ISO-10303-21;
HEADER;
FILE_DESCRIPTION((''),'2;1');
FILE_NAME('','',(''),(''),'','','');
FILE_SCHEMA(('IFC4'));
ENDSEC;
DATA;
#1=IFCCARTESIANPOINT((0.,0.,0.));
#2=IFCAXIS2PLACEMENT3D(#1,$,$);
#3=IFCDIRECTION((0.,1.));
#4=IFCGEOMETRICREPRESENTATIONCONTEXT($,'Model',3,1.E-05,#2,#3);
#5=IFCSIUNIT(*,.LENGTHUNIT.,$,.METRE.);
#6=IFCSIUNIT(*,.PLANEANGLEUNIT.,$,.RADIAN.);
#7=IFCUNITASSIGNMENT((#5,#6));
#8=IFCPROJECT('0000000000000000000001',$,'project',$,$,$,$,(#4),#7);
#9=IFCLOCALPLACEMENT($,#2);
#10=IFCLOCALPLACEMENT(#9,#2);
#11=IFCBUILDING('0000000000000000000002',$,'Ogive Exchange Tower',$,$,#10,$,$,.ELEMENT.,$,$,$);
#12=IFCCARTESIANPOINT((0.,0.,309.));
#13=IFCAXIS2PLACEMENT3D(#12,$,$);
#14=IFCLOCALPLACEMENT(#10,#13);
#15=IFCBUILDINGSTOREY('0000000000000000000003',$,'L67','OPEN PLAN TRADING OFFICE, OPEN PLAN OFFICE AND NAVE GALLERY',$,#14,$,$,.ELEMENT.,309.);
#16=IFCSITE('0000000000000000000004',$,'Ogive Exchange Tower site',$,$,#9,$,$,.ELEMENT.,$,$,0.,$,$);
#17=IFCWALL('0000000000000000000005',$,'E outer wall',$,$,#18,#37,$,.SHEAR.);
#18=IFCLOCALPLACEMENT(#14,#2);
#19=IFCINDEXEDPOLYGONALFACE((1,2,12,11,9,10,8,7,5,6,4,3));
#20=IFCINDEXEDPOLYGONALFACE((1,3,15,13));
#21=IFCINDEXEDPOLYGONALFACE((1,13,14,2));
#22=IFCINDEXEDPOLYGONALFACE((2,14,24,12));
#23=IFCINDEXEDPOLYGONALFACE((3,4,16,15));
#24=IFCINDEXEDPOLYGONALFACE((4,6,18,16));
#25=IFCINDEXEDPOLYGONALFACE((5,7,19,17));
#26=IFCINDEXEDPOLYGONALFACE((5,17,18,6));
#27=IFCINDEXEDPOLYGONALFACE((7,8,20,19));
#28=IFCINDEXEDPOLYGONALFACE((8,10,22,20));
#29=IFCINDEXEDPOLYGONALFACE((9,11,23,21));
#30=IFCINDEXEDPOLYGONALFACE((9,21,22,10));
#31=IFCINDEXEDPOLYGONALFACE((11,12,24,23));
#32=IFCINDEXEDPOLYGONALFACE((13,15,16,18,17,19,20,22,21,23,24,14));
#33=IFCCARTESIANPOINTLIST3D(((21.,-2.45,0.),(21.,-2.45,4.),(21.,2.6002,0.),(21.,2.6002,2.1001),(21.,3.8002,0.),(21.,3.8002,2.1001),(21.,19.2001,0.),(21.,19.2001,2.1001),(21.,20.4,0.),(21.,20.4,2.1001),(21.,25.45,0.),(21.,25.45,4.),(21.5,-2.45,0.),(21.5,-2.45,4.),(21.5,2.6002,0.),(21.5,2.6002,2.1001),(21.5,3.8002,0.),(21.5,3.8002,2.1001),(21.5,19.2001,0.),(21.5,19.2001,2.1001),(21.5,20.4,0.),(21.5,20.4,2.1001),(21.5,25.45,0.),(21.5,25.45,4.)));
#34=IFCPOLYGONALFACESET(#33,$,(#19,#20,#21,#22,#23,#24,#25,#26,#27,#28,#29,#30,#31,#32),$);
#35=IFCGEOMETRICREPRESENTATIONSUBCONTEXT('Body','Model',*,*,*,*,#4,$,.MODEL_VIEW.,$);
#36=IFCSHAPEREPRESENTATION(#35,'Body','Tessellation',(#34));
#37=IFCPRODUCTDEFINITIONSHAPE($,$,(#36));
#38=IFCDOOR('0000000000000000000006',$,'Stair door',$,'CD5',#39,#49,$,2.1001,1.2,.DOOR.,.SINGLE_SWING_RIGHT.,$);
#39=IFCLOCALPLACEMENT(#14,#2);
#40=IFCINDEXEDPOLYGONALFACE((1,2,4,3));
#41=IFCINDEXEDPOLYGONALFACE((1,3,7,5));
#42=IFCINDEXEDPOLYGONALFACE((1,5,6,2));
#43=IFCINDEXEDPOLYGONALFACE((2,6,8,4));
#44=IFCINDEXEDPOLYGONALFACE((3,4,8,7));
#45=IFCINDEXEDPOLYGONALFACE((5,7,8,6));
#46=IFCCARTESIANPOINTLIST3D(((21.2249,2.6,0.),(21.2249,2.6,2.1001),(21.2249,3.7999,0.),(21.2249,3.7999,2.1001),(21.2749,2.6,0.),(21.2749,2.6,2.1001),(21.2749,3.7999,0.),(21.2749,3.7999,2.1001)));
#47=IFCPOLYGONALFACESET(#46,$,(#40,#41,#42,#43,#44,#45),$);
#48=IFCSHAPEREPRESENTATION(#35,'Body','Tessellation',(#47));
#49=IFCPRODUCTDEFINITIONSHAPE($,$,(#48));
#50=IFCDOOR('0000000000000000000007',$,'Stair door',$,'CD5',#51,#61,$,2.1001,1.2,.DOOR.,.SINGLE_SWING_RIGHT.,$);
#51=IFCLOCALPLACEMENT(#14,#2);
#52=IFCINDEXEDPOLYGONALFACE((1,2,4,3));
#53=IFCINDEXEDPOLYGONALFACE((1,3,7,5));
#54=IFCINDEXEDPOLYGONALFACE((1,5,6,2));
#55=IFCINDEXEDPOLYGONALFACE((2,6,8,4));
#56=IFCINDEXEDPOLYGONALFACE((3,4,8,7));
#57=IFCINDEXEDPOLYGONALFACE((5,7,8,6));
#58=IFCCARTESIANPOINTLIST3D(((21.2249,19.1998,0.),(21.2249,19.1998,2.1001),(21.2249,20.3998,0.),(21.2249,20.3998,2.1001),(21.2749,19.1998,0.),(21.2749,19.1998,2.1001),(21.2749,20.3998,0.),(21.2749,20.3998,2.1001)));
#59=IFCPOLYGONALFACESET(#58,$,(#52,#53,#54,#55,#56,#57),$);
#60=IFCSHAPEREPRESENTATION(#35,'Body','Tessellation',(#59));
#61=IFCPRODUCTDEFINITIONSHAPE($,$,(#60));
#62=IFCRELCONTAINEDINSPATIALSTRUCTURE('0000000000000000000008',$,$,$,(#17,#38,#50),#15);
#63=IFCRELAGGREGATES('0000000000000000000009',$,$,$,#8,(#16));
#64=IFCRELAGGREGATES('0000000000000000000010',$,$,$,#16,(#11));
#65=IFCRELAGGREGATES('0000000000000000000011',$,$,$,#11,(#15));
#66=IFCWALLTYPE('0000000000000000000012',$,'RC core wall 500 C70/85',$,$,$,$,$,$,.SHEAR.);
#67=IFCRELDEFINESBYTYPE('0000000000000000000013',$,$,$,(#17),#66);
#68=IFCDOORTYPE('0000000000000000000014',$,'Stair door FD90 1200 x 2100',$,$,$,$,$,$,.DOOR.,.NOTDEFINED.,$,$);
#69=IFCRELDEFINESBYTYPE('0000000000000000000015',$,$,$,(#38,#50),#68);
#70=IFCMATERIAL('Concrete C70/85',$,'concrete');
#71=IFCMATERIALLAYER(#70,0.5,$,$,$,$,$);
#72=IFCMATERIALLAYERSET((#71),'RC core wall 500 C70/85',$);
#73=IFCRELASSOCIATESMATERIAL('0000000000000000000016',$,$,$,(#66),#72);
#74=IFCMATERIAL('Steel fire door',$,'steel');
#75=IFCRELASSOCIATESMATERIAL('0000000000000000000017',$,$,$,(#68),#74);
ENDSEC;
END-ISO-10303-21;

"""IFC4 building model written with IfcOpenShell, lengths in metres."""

from ifc_helpers import new_model, si_unit, direction, frame, frame_2d, origin, place, context, subcontext, project, spatial, rectangle, extrude, material, layer, layer_set, type_object, element, fill, save


model = new_model("IFC4")

# Units and contexts
model_context = context("Model", 3, precision=1e-05, world=origin(), true_north=direction((0.0, 1.0)))
body_context = subcontext(model_context, "Body", "Model", "MODEL_VIEW")
ifc_project = project(units=[si_unit("LENGTHUNIT", "METRE"), si_unit("PLANEANGLEUNIT", "RADIAN")], contexts=[model_context])

# Site, building, storey
site_placement = place(None, origin())
site = spatial("IfcSite", under=ifc_project, at=site_placement, Name="Ogive Exchange Tower site", CompositionType="ELEMENT", RefElevation=0.0)
building_placement = place(site_placement, origin())
building = spatial("IfcBuilding", under=site, at=building_placement, Name="Ogive Exchange Tower", CompositionType="ELEMENT")
storey_placement = place(building_placement, frame((0.0, 0.0, 309.0)))
storey = spatial("IfcBuildingStorey", under=building, at=storey_placement, Name="L67", Description="OPEN PLAN TRADING OFFICE, OPEN PLAN OFFICE AND NAVE GALLERY", CompositionType="ELEMENT", Elevation=309.0)

# Wall, openings, doors
ifc_material_1 = material(Name="Concrete C70/85", Category="concrete")
ifc_layer_1 = layer(ifc_material_1, 0.5)
ifc_layer_set_1 = layer_set([ifc_layer_1], Name="RC core wall 500 C70/85")
wall_type_1 = type_object("IfcWallType", Name="RC core wall 500 C70/85", PredefinedType="SHEAR", material=ifc_layer_set_1)
wall_1_placement = place(storey_placement, frame((21.25, -2.45, 0.0), z_axis=(0.0, 0.0, 1.0), x_axis=(0.0, 1.0, 0.0)))
wall_1 = element("IfcWall", 1, at=wall_1_placement, inside=storey, type_object=wall_type_1, Name="E outer wall", PredefinedType="SHEAR", context=body_context, shape_type="SweptSolid", body=[
    extrude(rectangle(XDim=27.8999, YDim=0.5, at=frame_2d((13.95, 0.0))), origin(), (0.0, 0.0, 1.0), 4.0),
])
opening_1_placement = place(wall_1_placement, frame((5.05, 0.0, 0.0)))
opening_1 = element("IfcOpeningElement", 2, at=opening_1_placement, cuts=wall_1, PredefinedType="OPENING", context=body_context, shape_type="SweptSolid", body=[
    extrude(rectangle(XDim=1.2, YDim=2.1001, at=frame_2d((0.6001, 1.05))), frame((0.0, 0.26, 0.0), z_axis=(0.0, -1.0, 0.0), x_axis=(1.0, 0.0, 0.0)), (0.0, 0.0, 1.0), 0.52),
])
opening_2_placement = place(wall_1_placement, frame((21.6499, 0.0, 0.0)))
opening_2 = element("IfcOpeningElement", 3, at=opening_2_placement, cuts=wall_1, PredefinedType="OPENING", context=body_context, shape_type="SweptSolid", body=[
    extrude(rectangle(XDim=1.2, YDim=2.1001, at=frame_2d((0.6001, 1.05))), frame((0.0, 0.26, 0.0), z_axis=(0.0, -1.0, 0.0), x_axis=(1.0, 0.0, 0.0)), (0.0, 0.0, 1.0), 0.52),
])
ifc_material_2 = material(Name="Steel fire door", Category="steel")
door_type_1 = type_object("IfcDoorType", Name="Stair door FD90 1200 x 2100", OperationType="NOTDEFINED", PredefinedType="DOOR", material=ifc_material_2)
door_1_placement = place(opening_1_placement, frame((1.2, 0.0, 0.0), z_axis=(0.0, 0.0, 1.0), x_axis=(-1.0, 0.0, 0.0)))
door_1 = element("IfcDoor", 4, at=door_1_placement, inside=storey, type_object=door_type_1, Name="Stair door", ObjectType="CD5", OperationType="SINGLE_SWING_RIGHT", OverallHeight=2.1001, OverallWidth=1.2, PredefinedType="DOOR", context=body_context, shape_type="SweptSolid", body=[
    extrude(rectangle(XDim=1.2, YDim=2.1001, at=frame_2d((0.6001, 1.05))), frame((0.0, 0.0249, 0.0), z_axis=(0.0, -1.0, 0.0), x_axis=(1.0, 0.0, 0.0)), (0.0, 0.0, 1.0), 0.05),
])
fill(opening_1, door_1)
door_2_placement = place(opening_2_placement, frame((1.2, 0.0, 0.0), z_axis=(0.0, 0.0, 1.0), x_axis=(-1.0, 0.0, 0.0)))
door_2 = element("IfcDoor", 5, at=door_2_placement, inside=storey, type_object=door_type_1, Name="Stair door", ObjectType="CD5", OperationType="SINGLE_SWING_RIGHT", OverallHeight=2.1001, OverallWidth=1.2, PredefinedType="DOOR", context=body_context, shape_type="SweptSolid", body=[
    extrude(rectangle(XDim=1.2, YDim=2.1001, at=frame_2d((0.6001, 1.05))), frame((0.0, 0.0249, 0.0), z_axis=(0.0, -1.0, 0.0), x_axis=(1.0, 0.0, 0.0)), (0.0, 0.0, 1.0), 0.05),
])
fill(opening_2, door_2)

save(model, "model.ifc")
